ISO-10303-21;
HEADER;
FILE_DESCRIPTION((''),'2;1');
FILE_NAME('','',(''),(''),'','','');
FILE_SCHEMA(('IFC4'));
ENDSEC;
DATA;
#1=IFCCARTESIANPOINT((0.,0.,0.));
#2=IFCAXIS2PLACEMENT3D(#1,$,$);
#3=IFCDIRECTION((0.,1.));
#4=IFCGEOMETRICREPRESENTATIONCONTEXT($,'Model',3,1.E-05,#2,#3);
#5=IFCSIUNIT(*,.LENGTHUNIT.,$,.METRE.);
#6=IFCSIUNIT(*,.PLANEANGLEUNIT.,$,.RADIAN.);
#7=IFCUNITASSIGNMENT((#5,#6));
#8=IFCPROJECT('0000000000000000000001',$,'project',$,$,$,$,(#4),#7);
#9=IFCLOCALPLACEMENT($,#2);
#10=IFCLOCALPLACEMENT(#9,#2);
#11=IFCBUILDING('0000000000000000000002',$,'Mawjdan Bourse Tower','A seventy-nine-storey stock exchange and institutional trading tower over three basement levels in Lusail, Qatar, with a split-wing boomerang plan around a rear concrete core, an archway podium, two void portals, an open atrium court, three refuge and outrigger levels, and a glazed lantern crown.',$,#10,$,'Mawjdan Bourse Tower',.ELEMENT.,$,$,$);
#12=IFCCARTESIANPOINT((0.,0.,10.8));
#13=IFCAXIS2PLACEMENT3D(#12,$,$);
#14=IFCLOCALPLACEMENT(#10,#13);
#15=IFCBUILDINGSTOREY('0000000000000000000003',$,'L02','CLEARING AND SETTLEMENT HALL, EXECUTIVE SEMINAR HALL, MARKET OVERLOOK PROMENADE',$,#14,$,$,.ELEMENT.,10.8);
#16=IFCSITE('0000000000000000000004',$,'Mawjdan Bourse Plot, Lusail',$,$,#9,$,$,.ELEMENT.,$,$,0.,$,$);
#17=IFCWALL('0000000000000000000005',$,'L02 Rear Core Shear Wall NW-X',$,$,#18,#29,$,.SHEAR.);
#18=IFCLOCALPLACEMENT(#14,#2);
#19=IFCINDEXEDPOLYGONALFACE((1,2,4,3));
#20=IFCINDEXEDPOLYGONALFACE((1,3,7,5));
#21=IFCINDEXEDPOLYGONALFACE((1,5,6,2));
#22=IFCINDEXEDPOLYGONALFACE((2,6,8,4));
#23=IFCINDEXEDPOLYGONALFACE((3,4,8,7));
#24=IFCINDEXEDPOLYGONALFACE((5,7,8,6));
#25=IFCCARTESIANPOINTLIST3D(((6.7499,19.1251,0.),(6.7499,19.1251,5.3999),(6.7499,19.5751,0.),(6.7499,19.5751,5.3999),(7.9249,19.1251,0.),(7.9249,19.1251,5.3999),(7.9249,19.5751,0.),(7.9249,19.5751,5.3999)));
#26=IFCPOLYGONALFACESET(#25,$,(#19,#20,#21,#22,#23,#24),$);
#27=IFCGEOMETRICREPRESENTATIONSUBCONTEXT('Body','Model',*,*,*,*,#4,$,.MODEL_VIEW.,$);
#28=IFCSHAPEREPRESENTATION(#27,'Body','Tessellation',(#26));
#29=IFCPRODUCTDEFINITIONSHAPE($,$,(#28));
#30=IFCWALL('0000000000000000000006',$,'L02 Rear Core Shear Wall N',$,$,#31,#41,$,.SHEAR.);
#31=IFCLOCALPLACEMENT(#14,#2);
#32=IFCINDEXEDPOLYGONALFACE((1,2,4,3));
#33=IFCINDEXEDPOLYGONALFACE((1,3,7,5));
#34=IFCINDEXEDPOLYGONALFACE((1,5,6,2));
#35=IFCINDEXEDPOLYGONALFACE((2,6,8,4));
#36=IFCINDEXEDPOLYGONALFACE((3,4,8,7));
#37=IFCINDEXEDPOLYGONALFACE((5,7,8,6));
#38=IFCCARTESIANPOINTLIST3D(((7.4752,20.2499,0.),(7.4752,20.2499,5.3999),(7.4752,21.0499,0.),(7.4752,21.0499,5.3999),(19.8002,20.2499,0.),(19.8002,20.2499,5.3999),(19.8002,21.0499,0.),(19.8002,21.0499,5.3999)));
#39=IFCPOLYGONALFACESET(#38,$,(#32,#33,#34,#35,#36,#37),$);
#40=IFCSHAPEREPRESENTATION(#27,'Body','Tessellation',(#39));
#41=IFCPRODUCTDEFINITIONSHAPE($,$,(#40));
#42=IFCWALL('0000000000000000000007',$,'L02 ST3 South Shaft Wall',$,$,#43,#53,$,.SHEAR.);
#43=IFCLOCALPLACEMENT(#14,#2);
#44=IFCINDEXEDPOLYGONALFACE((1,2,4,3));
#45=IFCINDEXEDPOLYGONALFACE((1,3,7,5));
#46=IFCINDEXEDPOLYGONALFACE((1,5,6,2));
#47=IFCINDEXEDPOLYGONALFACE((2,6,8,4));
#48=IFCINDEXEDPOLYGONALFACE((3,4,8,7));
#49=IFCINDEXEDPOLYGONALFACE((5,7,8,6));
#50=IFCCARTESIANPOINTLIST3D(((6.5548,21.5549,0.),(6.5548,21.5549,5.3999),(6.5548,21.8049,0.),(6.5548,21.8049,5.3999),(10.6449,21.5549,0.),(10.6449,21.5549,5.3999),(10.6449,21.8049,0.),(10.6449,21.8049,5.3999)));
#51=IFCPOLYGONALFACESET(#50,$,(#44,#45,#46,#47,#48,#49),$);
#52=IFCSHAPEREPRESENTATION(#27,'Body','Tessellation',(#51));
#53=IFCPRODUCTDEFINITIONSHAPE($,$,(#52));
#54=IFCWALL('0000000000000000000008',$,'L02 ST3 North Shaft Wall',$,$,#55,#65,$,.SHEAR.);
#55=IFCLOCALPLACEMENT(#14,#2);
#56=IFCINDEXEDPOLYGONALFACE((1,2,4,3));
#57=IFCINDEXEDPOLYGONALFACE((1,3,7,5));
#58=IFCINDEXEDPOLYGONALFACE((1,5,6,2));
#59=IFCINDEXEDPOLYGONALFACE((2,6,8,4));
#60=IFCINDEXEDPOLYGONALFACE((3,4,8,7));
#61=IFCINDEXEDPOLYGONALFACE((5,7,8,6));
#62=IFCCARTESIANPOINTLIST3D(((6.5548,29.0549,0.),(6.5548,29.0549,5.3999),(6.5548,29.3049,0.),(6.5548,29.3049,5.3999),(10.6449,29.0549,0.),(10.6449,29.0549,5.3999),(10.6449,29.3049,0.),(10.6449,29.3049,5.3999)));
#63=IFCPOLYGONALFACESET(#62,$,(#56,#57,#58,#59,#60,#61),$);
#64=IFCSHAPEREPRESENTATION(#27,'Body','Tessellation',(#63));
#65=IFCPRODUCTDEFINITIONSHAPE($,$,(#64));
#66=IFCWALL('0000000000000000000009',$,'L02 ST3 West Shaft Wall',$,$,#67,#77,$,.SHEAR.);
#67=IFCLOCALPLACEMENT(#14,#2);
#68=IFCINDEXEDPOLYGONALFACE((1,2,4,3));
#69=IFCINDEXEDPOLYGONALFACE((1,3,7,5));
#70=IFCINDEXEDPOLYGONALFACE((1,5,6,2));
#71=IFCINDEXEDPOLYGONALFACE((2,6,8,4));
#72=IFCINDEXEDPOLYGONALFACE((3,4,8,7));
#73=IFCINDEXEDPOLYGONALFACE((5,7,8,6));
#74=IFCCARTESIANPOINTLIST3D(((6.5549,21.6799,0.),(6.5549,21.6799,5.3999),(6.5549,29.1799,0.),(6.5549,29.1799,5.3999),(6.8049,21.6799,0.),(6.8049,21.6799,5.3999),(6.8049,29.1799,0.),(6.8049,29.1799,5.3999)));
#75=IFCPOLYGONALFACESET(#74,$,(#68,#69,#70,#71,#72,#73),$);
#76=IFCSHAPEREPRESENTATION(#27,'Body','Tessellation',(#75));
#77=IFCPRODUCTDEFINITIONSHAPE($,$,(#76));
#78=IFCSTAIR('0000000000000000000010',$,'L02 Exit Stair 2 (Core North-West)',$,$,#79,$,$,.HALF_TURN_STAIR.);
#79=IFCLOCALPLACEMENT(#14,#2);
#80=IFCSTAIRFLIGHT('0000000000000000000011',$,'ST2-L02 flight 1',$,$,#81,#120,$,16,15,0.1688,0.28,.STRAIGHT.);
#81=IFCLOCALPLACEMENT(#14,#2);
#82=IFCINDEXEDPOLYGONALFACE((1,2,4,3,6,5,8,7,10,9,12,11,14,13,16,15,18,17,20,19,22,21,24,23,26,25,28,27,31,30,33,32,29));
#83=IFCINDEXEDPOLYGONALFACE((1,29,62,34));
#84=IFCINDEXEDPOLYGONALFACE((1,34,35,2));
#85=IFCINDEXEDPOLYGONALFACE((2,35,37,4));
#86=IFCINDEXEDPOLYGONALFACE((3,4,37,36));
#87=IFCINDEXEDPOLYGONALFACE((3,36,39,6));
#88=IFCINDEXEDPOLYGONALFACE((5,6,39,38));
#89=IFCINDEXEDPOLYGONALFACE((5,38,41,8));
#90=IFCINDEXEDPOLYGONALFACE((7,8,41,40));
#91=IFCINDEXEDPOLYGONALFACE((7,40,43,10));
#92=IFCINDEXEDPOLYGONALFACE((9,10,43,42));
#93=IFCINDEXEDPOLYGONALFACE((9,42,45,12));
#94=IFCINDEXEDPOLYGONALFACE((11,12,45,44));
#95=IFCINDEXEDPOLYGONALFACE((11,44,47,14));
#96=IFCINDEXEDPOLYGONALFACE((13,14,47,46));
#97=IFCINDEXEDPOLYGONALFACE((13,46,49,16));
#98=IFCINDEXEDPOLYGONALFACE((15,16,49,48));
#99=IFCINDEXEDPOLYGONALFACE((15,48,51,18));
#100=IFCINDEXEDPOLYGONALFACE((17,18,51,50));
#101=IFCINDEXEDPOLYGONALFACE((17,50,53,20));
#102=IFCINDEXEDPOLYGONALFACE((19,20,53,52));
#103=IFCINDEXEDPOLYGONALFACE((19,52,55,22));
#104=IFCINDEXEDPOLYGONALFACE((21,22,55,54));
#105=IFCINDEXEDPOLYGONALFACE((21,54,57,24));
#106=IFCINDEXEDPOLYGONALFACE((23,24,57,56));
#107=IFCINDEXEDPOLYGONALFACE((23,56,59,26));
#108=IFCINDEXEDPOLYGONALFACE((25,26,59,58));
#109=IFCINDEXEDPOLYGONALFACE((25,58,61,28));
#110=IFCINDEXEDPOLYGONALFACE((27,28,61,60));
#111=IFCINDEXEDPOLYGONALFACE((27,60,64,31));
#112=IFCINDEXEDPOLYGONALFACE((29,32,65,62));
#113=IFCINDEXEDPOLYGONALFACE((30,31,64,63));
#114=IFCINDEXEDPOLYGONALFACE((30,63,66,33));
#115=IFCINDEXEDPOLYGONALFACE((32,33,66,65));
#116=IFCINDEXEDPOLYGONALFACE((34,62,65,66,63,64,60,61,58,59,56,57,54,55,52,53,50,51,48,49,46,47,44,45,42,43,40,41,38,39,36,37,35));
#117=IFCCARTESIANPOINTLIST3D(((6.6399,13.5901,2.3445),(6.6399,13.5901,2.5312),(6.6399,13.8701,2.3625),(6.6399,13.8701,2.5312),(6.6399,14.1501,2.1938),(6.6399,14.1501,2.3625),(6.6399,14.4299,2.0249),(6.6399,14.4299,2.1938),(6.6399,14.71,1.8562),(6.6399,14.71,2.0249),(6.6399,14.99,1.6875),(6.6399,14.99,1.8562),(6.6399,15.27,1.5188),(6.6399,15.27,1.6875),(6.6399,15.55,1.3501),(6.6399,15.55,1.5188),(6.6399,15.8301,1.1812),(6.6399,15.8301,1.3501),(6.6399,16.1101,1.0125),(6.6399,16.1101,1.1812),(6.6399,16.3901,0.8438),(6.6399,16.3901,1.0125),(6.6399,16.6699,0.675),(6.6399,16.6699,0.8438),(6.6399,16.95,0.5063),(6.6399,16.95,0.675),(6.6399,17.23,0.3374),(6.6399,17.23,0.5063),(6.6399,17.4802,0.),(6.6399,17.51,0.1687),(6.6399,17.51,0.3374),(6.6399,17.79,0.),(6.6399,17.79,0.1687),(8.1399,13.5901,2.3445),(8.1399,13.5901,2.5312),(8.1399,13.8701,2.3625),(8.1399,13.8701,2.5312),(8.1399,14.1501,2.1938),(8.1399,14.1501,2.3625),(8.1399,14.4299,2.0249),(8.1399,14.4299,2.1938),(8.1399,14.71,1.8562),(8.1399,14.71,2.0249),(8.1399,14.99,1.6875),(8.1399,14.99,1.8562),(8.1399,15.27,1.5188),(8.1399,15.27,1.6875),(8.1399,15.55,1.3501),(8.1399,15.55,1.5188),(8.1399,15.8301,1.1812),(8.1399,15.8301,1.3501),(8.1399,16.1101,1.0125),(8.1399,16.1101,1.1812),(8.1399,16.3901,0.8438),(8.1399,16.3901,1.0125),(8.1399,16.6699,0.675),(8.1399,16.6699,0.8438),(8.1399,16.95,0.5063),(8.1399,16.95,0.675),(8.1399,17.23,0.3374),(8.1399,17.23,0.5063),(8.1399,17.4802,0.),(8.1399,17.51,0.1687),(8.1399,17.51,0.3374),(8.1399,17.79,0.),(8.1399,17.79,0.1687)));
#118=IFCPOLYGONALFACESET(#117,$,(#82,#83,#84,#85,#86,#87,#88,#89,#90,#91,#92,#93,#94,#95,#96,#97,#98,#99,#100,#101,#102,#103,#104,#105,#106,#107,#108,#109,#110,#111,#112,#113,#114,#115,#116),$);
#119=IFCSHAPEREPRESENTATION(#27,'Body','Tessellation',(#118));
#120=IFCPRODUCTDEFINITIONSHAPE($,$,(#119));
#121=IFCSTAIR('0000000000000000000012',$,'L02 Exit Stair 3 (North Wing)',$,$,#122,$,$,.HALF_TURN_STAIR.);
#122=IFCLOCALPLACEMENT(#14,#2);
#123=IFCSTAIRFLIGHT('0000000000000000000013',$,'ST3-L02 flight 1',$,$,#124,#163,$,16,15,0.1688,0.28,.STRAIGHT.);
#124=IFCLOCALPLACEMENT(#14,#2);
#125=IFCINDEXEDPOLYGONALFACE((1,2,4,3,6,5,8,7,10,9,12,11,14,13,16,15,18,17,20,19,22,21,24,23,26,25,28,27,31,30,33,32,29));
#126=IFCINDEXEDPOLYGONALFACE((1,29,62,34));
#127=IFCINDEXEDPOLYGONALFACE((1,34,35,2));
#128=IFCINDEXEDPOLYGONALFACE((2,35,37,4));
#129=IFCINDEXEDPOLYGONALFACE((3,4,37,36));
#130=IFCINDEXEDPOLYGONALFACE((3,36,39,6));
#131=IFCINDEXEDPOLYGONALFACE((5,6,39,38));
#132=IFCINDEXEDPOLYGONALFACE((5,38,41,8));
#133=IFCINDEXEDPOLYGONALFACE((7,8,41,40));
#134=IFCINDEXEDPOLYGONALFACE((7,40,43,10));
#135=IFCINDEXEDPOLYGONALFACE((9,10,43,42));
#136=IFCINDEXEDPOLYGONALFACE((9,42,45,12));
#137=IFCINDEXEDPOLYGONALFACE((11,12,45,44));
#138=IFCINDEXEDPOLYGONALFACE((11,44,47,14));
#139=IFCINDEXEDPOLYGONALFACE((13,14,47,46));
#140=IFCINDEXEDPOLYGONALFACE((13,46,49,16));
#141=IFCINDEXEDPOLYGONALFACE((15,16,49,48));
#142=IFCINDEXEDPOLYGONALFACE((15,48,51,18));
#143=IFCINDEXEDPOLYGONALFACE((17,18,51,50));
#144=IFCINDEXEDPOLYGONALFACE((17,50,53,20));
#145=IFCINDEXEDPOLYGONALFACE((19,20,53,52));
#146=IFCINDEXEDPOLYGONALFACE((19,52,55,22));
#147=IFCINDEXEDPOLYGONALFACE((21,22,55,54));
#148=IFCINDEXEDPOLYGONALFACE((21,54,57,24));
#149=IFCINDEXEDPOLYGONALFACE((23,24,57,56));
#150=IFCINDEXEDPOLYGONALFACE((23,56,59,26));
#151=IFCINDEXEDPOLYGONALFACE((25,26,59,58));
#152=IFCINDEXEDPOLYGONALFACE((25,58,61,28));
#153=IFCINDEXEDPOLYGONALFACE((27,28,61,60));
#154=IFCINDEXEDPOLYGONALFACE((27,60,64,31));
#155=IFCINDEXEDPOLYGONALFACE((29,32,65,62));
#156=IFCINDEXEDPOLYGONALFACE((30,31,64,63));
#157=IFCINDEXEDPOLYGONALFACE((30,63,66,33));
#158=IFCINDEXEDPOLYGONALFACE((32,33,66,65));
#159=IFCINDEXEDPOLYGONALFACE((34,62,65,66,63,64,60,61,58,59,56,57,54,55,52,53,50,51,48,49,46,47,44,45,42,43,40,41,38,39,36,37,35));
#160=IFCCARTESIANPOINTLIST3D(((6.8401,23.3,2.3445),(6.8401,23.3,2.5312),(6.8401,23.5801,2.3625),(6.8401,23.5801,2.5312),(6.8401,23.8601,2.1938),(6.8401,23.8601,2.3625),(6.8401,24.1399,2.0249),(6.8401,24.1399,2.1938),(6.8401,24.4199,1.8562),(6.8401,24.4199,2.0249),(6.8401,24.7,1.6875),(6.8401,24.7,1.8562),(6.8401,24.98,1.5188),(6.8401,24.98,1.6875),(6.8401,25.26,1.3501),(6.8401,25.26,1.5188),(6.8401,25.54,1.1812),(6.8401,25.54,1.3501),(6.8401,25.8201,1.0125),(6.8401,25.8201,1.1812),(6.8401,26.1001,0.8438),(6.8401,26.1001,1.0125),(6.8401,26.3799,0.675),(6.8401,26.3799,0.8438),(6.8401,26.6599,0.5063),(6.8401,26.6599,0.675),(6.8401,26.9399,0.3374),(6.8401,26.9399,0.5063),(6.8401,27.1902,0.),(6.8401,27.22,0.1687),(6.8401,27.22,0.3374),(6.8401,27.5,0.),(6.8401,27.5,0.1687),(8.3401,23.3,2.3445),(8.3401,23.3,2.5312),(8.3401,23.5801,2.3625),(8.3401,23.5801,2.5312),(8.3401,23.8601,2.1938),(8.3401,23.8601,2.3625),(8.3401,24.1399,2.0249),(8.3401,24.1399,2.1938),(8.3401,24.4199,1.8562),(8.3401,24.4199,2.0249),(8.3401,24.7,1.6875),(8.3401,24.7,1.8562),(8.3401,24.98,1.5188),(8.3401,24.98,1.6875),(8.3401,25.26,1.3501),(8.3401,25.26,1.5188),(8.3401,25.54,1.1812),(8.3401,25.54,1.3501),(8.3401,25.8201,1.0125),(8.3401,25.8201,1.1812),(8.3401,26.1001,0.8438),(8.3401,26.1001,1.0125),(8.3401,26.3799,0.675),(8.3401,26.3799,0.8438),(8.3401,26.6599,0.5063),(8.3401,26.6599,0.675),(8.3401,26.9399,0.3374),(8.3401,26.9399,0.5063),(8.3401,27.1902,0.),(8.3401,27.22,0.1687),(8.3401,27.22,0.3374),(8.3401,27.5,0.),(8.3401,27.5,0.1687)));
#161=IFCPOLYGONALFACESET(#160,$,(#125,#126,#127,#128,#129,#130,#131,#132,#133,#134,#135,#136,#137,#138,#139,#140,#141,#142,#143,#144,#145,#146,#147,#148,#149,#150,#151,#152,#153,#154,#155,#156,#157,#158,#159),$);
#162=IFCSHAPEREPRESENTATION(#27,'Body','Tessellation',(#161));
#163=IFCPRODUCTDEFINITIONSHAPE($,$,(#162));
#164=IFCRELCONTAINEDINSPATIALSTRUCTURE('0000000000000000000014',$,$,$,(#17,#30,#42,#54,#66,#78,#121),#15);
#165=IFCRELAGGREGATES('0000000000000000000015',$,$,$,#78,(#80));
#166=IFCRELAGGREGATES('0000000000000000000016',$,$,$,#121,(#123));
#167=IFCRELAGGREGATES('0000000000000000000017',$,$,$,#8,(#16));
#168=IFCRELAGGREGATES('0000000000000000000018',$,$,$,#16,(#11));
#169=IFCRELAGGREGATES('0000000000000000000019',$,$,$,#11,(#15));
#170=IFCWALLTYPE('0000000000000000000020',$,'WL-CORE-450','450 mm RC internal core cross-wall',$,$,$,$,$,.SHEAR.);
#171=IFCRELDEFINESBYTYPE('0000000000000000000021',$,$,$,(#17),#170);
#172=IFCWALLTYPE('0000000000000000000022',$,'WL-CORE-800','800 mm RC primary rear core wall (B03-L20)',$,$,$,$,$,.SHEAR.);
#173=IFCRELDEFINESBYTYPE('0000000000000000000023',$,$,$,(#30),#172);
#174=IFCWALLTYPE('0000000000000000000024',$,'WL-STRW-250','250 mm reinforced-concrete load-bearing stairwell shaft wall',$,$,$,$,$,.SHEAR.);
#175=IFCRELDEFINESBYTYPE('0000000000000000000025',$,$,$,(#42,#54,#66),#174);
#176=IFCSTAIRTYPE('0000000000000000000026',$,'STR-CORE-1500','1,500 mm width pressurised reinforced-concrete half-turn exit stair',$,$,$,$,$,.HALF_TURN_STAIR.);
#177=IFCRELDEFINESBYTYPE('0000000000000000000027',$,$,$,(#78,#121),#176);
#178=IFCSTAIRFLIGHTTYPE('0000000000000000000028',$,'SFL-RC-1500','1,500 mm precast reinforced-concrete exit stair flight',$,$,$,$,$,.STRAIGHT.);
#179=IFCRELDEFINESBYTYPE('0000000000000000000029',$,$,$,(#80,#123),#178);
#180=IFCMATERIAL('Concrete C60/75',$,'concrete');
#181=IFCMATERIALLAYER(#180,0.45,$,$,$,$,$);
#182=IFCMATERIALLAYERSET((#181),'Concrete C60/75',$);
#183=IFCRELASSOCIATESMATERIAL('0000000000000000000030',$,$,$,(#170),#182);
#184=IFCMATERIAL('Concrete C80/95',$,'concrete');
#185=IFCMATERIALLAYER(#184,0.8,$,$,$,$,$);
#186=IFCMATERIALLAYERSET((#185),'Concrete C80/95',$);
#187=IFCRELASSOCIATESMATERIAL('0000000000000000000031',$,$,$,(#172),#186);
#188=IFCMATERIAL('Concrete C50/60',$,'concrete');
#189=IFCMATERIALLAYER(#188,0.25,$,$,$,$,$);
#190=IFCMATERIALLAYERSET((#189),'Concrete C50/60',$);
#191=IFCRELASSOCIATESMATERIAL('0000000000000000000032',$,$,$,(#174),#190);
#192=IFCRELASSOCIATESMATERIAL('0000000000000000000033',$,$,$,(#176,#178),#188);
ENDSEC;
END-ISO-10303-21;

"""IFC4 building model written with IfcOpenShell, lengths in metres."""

from ifc_helpers import new_model, si_unit, direction, frame, frame_2d, origin, place, context, subcontext, project, spatial, polyline, rectangle, outline, extrude, material, layer, layer_set, type_object, element, aggregate, save


model = new_model("IFC4")

# Units and contexts
model_context = context("Model", 3, precision=1e-05, world=origin(), true_north=direction((0.0, 1.0)))
body_context = subcontext(model_context, "Body", "Model", "MODEL_VIEW")
ifc_project = project(units=[si_unit("LENGTHUNIT", "METRE"), si_unit("PLANEANGLEUNIT", "RADIAN")], contexts=[model_context])

# Site, building, storey
site_placement = place(None, origin())
site = spatial("IfcSite", under=ifc_project, at=site_placement, Name="Mawjdan Bourse Plot, Lusail", CompositionType="ELEMENT", RefElevation=0.0)
building_placement = place(site_placement, origin())
building = spatial("IfcBuilding", under=site, at=building_placement, Name="Mawjdan Bourse Tower", Description="A seventy-nine-storey stock exchange and institutional trading tower over three basement levels in Lusail, Qatar, with a split-wing boomerang plan around a rear concrete core, an archway podium, two void portals, an open atrium court, three refuge and outrigger levels, and a glazed lantern crown.", LongName="Mawjdan Bourse Tower", CompositionType="ELEMENT")
storey_placement = place(building_placement, frame((0.0, 0.0, 10.8)))
storey = spatial("IfcBuildingStorey", under=building, at=storey_placement, Name="L02", Description="CLEARING AND SETTLEMENT HALL, EXECUTIVE SEMINAR HALL, MARKET OVERLOOK PROMENADE", CompositionType="ELEMENT", Elevation=10.8)

# Shared definitions
ifc_material_1 = material(Name="Concrete C80/95", Category="concrete")

# Walls
ifc_material_2 = material(Name="Concrete C60/75", Category="concrete")
ifc_layer_1 = layer(ifc_material_2, 0.45)
ifc_layer_set_1 = layer_set([ifc_layer_1], Name="Concrete C60/75")
wall_type_1 = type_object("IfcWallType", Name="WL-CORE-450", Description="450 mm RC internal core cross-wall", PredefinedType="SHEAR", material=ifc_layer_set_1)
wall_1_placement = place(storey_placement, frame((6.75, 19.3501, 0.0), z_axis=(0.0, 0.0, 1.0), x_axis=(1.0, 0.0, 0.0)))
element("IfcWall", 1, at=wall_1_placement, inside=storey, type_object=wall_type_1, Name="L02 Rear Core Shear Wall NW-X", PredefinedType="SHEAR", context=body_context, shape_type="SweptSolid", body=[
    extrude(rectangle(XDim=1.175, YDim=0.45, at=frame_2d((0.5874, 0.0))), origin(), (0.0, 0.0, 1.0), 5.3999),
])
ifc_layer_2 = layer(ifc_material_1, 0.8)
ifc_layer_set_2 = layer_set([ifc_layer_2], Name="Concrete C80/95")
wall_type_2 = type_object("IfcWallType", Name="WL-CORE-800", Description="800 mm RC primary rear core wall (B03-L20)", PredefinedType="SHEAR", material=ifc_layer_set_2)
wall_2_placement = place(storey_placement, frame((7.4751, 20.6499, 0.0), z_axis=(0.0, 0.0, 1.0), x_axis=(1.0, 0.0, 0.0)))
element("IfcWall", 2, at=wall_2_placement, inside=storey, type_object=wall_type_2, Name="L02 Rear Core Shear Wall N", PredefinedType="SHEAR", context=body_context, shape_type="SweptSolid", body=[
    extrude(rectangle(XDim=12.325, YDim=0.8, at=frame_2d((6.1626, 0.0))), origin(), (0.0, 0.0, 1.0), 5.3999),
])
ifc_material_3 = material(Name="Concrete C50/60", Category="concrete")
ifc_layer_3 = layer(ifc_material_3, 0.25)
ifc_layer_set_3 = layer_set([ifc_layer_3], Name="Concrete C50/60")
wall_type_3 = type_object("IfcWallType", Name="WL-STRW-250", Description="250 mm reinforced-concrete load-bearing stairwell shaft wall", PredefinedType="SHEAR", material=ifc_layer_set_3)
for number, where, z_axis, x_axis, name in (
    (3, (6.5549, 21.6799, 0.0), (0.0, 0.0, 1.0), (1.0, 0.0, 0.0), "L02 ST3 South Shaft Wall"),
    (4, (6.5549, 29.1799, 0.0), (0.0, 0.0, 1.0), (1.0, 0.0, 0.0), "L02 ST3 North Shaft Wall"),
):
    element("IfcWall", number, at=place(storey_placement, frame(where, z_axis=z_axis, x_axis=x_axis)), inside=storey, type_object=wall_type_3, Name=name, PredefinedType="SHEAR", context=body_context, shape_type="SweptSolid", body=[
        extrude(rectangle(XDim=4.0901, YDim=0.25, at=frame_2d((2.0449, 0.0))), origin(), (0.0, 0.0, 1.0), 5.3999),
    ])
wall_3_placement = place(storey_placement, frame((6.6799, 21.6799, 0.0), z_axis=(0.0, 0.0, 1.0), x_axis=(0.0, 1.0, 0.0)))
element("IfcWall", 5, at=wall_3_placement, inside=storey, type_object=wall_type_3, Name="L02 ST3 West Shaft Wall", PredefinedType="SHEAR", context=body_context, shape_type="SweptSolid", body=[
    extrude(rectangle(XDim=7.5, YDim=0.25, at=frame_2d((3.75, 0.0))), origin(), (0.0, 0.0, 1.0), 5.3999),
])

# Stairs, stair flights
stair_type = type_object("IfcStairType", Name="STR-CORE-1500", Description="1,500 mm width pressurised reinforced-concrete half-turn exit stair", PredefinedType="HALF_TURN_STAIR", material=ifc_material_3)
stair_1_placement = place(storey_placement, origin())
stair_1 = element("IfcStair", 6, at=stair_1_placement, inside=storey, type_object=stair_type, Name="L02 Exit Stair 2 (Core North-West)", PredefinedType="HALF_TURN_STAIR")
stair_flight_type = type_object("IfcStairFlightType", Name="SFL-RC-1500", Description="1,500 mm precast reinforced-concrete exit stair flight", PredefinedType="STRAIGHT", material=ifc_material_3)
stair_flight_1_placement = place(storey_placement, frame((7.3899, 17.79, 0.0), z_axis=(0.0, 0.0, 1.0), x_axis=(0.0, -1.0, 0.0)))
stair_flight_1 = element("IfcStairFlight", 7, at=stair_flight_1_placement, type_object=stair_flight_type, Name="ST2-L02 flight 1", NumberOfRisers=16, NumberOfTreads=15, PredefinedType="STRAIGHT", RiserHeight=0.1688, TreadLength=0.28, context=body_context, shape_type="SweptSolid", body=[
    extrude(outline(polyline([(0.0, 0.0), (0.0, 0.1687), (0.28, 0.1687), (0.28, 0.3374), (0.5601, 0.3374), (0.5601, 0.5063), (0.8401, 0.5063), (0.8401, 0.675), (1.1201, 0.675), (1.1201, 0.8438), (1.3999, 0.8438), (1.3999, 1.0125), (1.6799, 1.0125), (1.6799, 1.1812), (1.96, 1.1812), (1.96, 1.3501), (2.24, 1.3501), (2.24, 1.5188), (2.52, 1.5188), (2.52, 1.6875), (2.8, 1.6875), (2.8, 1.8562), (3.0801, 1.8562), (3.0801, 2.0249), (3.3601, 2.0249), (3.3601, 2.1938), (3.6399, 2.1938), (3.6399, 2.3625), (3.9199, 2.3625), (3.9199, 2.5312), (4.2, 2.5312), (4.2, 2.7), (4.2, 2.3445), (0.3098, 0.0), (0.0, 0.0)])), frame((0.0, 0.75, 0.0), z_axis=(0.0, -1.0, 0.0), x_axis=(1.0, 0.0, 0.0)), (0.0, 0.0, 1.0), 1.5),
])
aggregate(stair_1, [stair_flight_1])
stair_2_placement = place(storey_placement, origin())
stair_2 = element("IfcStair", 8, at=stair_2_placement, inside=storey, type_object=stair_type, Name="L02 Exit Stair 3 (North Wing)", PredefinedType="HALF_TURN_STAIR")
stair_flight_2_placement = place(storey_placement, frame((7.5901, 27.5, 0.0), z_axis=(0.0, 0.0, 1.0), x_axis=(0.0, -1.0, 0.0)))
stair_flight_2 = element("IfcStairFlight", 9, at=stair_flight_2_placement, type_object=stair_flight_type, Name="ST3-L02 flight 1", NumberOfRisers=16, NumberOfTreads=15, PredefinedType="STRAIGHT", RiserHeight=0.1688, TreadLength=0.28, context=body_context, shape_type="SweptSolid", body=[
    extrude(outline(polyline([(0.0, 0.0), (0.0, 0.1687), (0.28, 0.1687), (0.28, 0.3374), (0.5601, 0.3374), (0.5601, 0.5063), (0.8401, 0.5063), (0.8401, 0.675), (1.1201, 0.675), (1.1201, 0.8438), (1.3999, 0.8438), (1.3999, 1.0125), (1.6799, 1.0125), (1.6799, 1.1812), (1.96, 1.1812), (1.96, 1.3501), (2.24, 1.3501), (2.24, 1.5188), (2.52, 1.5188), (2.52, 1.6875), (2.8, 1.6875), (2.8, 1.8562), (3.0801, 1.8562), (3.0801, 2.0249), (3.3601, 2.0249), (3.3601, 2.1938), (3.6399, 2.1938), (3.6399, 2.3625), (3.9199, 2.3625), (3.9199, 2.5312), (4.2, 2.5312), (4.2, 2.7), (4.2, 2.3445), (0.3098, 0.0), (0.0, 0.0)])), frame((0.0, 0.75, 0.0), z_axis=(0.0, -1.0, 0.0), x_axis=(1.0, 0.0, 0.0)), (0.0, 0.0, 1.0), 1.5),
])
aggregate(stair_2, [stair_flight_2])

save(model, "model.ifc")
